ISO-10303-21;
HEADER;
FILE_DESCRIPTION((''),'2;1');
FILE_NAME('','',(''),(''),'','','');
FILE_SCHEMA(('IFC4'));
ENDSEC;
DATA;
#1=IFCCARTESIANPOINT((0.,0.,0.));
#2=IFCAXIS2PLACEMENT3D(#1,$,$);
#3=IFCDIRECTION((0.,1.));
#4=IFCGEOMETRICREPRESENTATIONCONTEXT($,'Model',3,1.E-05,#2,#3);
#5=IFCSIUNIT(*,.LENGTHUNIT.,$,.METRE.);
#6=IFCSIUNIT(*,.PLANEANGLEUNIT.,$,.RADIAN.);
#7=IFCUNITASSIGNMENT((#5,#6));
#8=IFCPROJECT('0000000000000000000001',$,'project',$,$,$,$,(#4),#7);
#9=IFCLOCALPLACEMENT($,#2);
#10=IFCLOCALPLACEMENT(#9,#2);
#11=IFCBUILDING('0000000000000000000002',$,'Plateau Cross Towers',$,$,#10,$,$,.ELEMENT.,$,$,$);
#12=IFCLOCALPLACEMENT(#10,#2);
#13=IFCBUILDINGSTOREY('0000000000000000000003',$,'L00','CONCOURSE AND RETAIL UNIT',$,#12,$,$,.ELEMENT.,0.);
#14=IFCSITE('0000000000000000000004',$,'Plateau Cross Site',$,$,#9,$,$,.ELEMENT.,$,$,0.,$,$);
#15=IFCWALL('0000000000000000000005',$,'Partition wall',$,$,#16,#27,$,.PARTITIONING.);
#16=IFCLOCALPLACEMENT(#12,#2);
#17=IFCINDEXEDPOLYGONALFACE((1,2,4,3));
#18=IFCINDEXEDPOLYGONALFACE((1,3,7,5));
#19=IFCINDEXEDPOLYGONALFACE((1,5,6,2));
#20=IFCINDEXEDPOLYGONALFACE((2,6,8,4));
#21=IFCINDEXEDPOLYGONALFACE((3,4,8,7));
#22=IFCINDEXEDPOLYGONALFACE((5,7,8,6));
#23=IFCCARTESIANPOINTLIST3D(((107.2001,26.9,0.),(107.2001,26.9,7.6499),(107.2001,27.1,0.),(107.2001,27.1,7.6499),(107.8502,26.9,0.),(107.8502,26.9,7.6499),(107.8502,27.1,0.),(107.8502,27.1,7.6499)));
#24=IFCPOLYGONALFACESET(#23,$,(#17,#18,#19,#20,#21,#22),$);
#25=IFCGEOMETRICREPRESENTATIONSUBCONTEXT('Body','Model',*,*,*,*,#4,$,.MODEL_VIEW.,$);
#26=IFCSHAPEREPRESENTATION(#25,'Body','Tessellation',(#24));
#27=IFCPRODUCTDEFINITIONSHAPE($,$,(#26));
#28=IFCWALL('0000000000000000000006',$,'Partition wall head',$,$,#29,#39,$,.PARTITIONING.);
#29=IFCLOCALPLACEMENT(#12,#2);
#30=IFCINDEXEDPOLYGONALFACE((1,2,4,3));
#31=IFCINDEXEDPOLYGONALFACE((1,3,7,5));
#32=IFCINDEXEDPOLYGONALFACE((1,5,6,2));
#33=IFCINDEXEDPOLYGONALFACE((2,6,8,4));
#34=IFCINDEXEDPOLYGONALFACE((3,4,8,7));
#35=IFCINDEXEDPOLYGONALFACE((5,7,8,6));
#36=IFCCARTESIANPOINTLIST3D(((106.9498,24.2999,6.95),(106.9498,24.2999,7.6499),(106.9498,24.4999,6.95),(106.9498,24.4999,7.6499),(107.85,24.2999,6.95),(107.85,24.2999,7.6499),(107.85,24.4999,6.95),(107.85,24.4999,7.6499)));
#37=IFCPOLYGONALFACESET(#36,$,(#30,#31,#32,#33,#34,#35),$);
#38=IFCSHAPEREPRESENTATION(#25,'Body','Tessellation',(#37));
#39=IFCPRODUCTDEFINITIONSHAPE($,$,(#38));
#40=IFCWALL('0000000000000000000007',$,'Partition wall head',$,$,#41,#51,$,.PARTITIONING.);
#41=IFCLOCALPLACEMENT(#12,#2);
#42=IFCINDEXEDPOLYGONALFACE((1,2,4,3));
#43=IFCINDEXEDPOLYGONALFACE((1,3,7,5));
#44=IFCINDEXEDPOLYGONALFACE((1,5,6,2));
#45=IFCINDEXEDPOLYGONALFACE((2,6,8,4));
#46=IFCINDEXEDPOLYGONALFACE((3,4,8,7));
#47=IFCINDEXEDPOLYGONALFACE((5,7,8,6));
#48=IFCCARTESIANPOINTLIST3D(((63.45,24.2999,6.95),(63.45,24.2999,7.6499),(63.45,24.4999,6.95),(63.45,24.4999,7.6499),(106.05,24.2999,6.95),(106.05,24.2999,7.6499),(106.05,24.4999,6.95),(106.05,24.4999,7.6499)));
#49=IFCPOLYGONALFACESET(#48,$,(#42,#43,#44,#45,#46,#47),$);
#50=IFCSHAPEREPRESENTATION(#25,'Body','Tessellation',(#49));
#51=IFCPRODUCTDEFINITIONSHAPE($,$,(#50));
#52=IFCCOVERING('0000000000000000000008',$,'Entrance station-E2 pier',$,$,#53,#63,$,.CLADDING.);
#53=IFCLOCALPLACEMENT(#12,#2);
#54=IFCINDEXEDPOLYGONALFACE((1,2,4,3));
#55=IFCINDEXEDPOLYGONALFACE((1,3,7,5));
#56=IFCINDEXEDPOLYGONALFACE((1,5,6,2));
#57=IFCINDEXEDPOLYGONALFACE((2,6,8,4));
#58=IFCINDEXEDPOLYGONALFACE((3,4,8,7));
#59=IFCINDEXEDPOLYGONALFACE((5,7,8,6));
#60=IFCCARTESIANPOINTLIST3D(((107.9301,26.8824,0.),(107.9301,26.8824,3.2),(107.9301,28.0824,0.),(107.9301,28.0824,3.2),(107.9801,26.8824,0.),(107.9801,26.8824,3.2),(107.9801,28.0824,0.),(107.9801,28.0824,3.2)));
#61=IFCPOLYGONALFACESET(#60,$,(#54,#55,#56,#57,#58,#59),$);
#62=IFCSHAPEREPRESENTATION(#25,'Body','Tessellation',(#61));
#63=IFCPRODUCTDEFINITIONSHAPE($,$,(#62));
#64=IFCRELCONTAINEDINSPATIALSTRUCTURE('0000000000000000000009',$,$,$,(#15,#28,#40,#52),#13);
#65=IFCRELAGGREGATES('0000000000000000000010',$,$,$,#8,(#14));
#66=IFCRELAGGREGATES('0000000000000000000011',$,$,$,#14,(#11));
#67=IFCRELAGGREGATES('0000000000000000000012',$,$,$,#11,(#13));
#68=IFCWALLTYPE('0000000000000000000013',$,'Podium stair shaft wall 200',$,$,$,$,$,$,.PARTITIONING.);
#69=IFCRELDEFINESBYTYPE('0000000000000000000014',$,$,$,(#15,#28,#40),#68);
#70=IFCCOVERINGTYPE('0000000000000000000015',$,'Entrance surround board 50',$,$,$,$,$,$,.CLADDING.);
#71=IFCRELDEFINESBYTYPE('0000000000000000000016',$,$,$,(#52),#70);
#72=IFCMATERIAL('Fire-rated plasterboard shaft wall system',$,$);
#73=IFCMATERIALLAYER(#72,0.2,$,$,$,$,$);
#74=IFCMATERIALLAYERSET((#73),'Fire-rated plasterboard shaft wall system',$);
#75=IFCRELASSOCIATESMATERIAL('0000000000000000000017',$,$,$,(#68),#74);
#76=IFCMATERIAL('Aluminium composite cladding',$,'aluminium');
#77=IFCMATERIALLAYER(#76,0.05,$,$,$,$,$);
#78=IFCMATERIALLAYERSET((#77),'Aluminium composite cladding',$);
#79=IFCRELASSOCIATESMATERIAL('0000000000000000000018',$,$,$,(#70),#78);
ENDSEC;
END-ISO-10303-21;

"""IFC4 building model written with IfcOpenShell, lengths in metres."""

from ifc_helpers import new_model, si_unit, direction, frame, frame_2d, origin, origin_2d, place, context, subcontext, project, spatial, rectangle, extrude, material, layer, layer_set, type_object, element, save


model = new_model("IFC4")

# Units and contexts
model_context = context("Model", 3, precision=1e-05, world=origin(), true_north=direction((0.0, 1.0)))
body_context = subcontext(model_context, "Body", "Model", "MODEL_VIEW")
ifc_project = project(units=[si_unit("LENGTHUNIT", "METRE"), si_unit("PLANEANGLEUNIT", "RADIAN")], contexts=[model_context])

# Site, building, storey
site_placement = place(None, origin())
site = spatial("IfcSite", under=ifc_project, at=site_placement, Name="Plateau Cross Site", CompositionType="ELEMENT", RefElevation=0.0)
building_placement = place(site_placement, origin())
building = spatial("IfcBuilding", under=site, at=building_placement, Name="Plateau Cross Towers", CompositionType="ELEMENT")
storey_placement = place(building_placement, origin())
storey = spatial("IfcBuildingStorey", under=building, at=storey_placement, Name="L00", Description="CONCOURSE AND RETAIL UNIT", CompositionType="ELEMENT", Elevation=0.0)

# Walls
ifc_material_1 = material(Name="Fire-rated plasterboard shaft wall system")
ifc_layer_1 = layer(ifc_material_1, 0.2)
ifc_layer_set_1 = layer_set([ifc_layer_1], Name="Fire-rated plasterboard shaft wall system")
wall_type_1 = type_object("IfcWallType", Name="Podium stair shaft wall 200", PredefinedType="PARTITIONING", material=ifc_layer_set_1)
wall_1_placement = place(storey_placement, frame((107.2, 27.0, 0.0), z_axis=(0.0, 0.0, 1.0), x_axis=(1.0, 0.0, 0.0)))
element("IfcWall", 1, at=wall_1_placement, inside=storey, type_object=wall_type_1, Name="Partition wall", PredefinedType="PARTITIONING", context=body_context, shape_type="SweptSolid", body=[
    extrude(rectangle(XDim=0.6501, YDim=0.2, at=frame_2d((0.3252, 0.0))), origin(), (0.0, 0.0, 1.0), 7.6499),
])
wall_2_placement = place(storey_placement, frame((107.8501, 24.3999, 6.95), z_axis=(0.0, 0.0, 1.0), x_axis=(-1.0, 0.0, 0.0)))
element("IfcWall", 2, at=wall_2_placement, inside=storey, type_object=wall_type_1, Name="Partition wall head", PredefinedType="PARTITIONING", context=body_context, shape_type="SweptSolid", body=[
    extrude(rectangle(XDim=0.9001, YDim=0.2, at=frame_2d((0.4502, 0.0))), origin(), (0.0, 0.0, 1.0), 0.7),
])
wall_3_placement = place(storey_placement, frame((106.05, 24.3999, 6.95), z_axis=(0.0, 0.0, 1.0), x_axis=(-1.0, 0.0, 0.0)))
element("IfcWall", 3, at=wall_3_placement, inside=storey, type_object=wall_type_1, Name="Partition wall head", PredefinedType="PARTITIONING", context=body_context, shape_type="SweptSolid", body=[
    extrude(rectangle(XDim=42.6001, YDim=0.2, at=frame_2d((21.3, 0.0))), origin(), (0.0, 0.0, 1.0), 0.7),
])

# Covering
ifc_material_2 = material(Name="Aluminium composite cladding", Category="aluminium")
ifc_layer_2 = layer(ifc_material_2, 0.05)
ifc_layer_set_2 = layer_set([ifc_layer_2], Name="Aluminium composite cladding")
covering_type = type_object("IfcCoveringType", Name="Entrance surround board 50", PredefinedType="CLADDING", material=ifc_layer_set_2)
covering_placement = place(storey_placement, frame((107.9551, 27.4824, 0.0), z_axis=(0.0, 0.0, 1.0), x_axis=(0.0, 1.0, 0.0)))
element("IfcCovering", 4, at=covering_placement, inside=storey, type_object=covering_type, Name="Entrance station-E2 pier", PredefinedType="CLADDING", context=body_context, shape_type="SweptSolid", body=[
    extrude(rectangle(XDim=1.2, YDim=0.05, at=origin_2d()), origin(), (0.0, 0.0, 1.0), 3.2),
])

save(model, "model.ifc")
